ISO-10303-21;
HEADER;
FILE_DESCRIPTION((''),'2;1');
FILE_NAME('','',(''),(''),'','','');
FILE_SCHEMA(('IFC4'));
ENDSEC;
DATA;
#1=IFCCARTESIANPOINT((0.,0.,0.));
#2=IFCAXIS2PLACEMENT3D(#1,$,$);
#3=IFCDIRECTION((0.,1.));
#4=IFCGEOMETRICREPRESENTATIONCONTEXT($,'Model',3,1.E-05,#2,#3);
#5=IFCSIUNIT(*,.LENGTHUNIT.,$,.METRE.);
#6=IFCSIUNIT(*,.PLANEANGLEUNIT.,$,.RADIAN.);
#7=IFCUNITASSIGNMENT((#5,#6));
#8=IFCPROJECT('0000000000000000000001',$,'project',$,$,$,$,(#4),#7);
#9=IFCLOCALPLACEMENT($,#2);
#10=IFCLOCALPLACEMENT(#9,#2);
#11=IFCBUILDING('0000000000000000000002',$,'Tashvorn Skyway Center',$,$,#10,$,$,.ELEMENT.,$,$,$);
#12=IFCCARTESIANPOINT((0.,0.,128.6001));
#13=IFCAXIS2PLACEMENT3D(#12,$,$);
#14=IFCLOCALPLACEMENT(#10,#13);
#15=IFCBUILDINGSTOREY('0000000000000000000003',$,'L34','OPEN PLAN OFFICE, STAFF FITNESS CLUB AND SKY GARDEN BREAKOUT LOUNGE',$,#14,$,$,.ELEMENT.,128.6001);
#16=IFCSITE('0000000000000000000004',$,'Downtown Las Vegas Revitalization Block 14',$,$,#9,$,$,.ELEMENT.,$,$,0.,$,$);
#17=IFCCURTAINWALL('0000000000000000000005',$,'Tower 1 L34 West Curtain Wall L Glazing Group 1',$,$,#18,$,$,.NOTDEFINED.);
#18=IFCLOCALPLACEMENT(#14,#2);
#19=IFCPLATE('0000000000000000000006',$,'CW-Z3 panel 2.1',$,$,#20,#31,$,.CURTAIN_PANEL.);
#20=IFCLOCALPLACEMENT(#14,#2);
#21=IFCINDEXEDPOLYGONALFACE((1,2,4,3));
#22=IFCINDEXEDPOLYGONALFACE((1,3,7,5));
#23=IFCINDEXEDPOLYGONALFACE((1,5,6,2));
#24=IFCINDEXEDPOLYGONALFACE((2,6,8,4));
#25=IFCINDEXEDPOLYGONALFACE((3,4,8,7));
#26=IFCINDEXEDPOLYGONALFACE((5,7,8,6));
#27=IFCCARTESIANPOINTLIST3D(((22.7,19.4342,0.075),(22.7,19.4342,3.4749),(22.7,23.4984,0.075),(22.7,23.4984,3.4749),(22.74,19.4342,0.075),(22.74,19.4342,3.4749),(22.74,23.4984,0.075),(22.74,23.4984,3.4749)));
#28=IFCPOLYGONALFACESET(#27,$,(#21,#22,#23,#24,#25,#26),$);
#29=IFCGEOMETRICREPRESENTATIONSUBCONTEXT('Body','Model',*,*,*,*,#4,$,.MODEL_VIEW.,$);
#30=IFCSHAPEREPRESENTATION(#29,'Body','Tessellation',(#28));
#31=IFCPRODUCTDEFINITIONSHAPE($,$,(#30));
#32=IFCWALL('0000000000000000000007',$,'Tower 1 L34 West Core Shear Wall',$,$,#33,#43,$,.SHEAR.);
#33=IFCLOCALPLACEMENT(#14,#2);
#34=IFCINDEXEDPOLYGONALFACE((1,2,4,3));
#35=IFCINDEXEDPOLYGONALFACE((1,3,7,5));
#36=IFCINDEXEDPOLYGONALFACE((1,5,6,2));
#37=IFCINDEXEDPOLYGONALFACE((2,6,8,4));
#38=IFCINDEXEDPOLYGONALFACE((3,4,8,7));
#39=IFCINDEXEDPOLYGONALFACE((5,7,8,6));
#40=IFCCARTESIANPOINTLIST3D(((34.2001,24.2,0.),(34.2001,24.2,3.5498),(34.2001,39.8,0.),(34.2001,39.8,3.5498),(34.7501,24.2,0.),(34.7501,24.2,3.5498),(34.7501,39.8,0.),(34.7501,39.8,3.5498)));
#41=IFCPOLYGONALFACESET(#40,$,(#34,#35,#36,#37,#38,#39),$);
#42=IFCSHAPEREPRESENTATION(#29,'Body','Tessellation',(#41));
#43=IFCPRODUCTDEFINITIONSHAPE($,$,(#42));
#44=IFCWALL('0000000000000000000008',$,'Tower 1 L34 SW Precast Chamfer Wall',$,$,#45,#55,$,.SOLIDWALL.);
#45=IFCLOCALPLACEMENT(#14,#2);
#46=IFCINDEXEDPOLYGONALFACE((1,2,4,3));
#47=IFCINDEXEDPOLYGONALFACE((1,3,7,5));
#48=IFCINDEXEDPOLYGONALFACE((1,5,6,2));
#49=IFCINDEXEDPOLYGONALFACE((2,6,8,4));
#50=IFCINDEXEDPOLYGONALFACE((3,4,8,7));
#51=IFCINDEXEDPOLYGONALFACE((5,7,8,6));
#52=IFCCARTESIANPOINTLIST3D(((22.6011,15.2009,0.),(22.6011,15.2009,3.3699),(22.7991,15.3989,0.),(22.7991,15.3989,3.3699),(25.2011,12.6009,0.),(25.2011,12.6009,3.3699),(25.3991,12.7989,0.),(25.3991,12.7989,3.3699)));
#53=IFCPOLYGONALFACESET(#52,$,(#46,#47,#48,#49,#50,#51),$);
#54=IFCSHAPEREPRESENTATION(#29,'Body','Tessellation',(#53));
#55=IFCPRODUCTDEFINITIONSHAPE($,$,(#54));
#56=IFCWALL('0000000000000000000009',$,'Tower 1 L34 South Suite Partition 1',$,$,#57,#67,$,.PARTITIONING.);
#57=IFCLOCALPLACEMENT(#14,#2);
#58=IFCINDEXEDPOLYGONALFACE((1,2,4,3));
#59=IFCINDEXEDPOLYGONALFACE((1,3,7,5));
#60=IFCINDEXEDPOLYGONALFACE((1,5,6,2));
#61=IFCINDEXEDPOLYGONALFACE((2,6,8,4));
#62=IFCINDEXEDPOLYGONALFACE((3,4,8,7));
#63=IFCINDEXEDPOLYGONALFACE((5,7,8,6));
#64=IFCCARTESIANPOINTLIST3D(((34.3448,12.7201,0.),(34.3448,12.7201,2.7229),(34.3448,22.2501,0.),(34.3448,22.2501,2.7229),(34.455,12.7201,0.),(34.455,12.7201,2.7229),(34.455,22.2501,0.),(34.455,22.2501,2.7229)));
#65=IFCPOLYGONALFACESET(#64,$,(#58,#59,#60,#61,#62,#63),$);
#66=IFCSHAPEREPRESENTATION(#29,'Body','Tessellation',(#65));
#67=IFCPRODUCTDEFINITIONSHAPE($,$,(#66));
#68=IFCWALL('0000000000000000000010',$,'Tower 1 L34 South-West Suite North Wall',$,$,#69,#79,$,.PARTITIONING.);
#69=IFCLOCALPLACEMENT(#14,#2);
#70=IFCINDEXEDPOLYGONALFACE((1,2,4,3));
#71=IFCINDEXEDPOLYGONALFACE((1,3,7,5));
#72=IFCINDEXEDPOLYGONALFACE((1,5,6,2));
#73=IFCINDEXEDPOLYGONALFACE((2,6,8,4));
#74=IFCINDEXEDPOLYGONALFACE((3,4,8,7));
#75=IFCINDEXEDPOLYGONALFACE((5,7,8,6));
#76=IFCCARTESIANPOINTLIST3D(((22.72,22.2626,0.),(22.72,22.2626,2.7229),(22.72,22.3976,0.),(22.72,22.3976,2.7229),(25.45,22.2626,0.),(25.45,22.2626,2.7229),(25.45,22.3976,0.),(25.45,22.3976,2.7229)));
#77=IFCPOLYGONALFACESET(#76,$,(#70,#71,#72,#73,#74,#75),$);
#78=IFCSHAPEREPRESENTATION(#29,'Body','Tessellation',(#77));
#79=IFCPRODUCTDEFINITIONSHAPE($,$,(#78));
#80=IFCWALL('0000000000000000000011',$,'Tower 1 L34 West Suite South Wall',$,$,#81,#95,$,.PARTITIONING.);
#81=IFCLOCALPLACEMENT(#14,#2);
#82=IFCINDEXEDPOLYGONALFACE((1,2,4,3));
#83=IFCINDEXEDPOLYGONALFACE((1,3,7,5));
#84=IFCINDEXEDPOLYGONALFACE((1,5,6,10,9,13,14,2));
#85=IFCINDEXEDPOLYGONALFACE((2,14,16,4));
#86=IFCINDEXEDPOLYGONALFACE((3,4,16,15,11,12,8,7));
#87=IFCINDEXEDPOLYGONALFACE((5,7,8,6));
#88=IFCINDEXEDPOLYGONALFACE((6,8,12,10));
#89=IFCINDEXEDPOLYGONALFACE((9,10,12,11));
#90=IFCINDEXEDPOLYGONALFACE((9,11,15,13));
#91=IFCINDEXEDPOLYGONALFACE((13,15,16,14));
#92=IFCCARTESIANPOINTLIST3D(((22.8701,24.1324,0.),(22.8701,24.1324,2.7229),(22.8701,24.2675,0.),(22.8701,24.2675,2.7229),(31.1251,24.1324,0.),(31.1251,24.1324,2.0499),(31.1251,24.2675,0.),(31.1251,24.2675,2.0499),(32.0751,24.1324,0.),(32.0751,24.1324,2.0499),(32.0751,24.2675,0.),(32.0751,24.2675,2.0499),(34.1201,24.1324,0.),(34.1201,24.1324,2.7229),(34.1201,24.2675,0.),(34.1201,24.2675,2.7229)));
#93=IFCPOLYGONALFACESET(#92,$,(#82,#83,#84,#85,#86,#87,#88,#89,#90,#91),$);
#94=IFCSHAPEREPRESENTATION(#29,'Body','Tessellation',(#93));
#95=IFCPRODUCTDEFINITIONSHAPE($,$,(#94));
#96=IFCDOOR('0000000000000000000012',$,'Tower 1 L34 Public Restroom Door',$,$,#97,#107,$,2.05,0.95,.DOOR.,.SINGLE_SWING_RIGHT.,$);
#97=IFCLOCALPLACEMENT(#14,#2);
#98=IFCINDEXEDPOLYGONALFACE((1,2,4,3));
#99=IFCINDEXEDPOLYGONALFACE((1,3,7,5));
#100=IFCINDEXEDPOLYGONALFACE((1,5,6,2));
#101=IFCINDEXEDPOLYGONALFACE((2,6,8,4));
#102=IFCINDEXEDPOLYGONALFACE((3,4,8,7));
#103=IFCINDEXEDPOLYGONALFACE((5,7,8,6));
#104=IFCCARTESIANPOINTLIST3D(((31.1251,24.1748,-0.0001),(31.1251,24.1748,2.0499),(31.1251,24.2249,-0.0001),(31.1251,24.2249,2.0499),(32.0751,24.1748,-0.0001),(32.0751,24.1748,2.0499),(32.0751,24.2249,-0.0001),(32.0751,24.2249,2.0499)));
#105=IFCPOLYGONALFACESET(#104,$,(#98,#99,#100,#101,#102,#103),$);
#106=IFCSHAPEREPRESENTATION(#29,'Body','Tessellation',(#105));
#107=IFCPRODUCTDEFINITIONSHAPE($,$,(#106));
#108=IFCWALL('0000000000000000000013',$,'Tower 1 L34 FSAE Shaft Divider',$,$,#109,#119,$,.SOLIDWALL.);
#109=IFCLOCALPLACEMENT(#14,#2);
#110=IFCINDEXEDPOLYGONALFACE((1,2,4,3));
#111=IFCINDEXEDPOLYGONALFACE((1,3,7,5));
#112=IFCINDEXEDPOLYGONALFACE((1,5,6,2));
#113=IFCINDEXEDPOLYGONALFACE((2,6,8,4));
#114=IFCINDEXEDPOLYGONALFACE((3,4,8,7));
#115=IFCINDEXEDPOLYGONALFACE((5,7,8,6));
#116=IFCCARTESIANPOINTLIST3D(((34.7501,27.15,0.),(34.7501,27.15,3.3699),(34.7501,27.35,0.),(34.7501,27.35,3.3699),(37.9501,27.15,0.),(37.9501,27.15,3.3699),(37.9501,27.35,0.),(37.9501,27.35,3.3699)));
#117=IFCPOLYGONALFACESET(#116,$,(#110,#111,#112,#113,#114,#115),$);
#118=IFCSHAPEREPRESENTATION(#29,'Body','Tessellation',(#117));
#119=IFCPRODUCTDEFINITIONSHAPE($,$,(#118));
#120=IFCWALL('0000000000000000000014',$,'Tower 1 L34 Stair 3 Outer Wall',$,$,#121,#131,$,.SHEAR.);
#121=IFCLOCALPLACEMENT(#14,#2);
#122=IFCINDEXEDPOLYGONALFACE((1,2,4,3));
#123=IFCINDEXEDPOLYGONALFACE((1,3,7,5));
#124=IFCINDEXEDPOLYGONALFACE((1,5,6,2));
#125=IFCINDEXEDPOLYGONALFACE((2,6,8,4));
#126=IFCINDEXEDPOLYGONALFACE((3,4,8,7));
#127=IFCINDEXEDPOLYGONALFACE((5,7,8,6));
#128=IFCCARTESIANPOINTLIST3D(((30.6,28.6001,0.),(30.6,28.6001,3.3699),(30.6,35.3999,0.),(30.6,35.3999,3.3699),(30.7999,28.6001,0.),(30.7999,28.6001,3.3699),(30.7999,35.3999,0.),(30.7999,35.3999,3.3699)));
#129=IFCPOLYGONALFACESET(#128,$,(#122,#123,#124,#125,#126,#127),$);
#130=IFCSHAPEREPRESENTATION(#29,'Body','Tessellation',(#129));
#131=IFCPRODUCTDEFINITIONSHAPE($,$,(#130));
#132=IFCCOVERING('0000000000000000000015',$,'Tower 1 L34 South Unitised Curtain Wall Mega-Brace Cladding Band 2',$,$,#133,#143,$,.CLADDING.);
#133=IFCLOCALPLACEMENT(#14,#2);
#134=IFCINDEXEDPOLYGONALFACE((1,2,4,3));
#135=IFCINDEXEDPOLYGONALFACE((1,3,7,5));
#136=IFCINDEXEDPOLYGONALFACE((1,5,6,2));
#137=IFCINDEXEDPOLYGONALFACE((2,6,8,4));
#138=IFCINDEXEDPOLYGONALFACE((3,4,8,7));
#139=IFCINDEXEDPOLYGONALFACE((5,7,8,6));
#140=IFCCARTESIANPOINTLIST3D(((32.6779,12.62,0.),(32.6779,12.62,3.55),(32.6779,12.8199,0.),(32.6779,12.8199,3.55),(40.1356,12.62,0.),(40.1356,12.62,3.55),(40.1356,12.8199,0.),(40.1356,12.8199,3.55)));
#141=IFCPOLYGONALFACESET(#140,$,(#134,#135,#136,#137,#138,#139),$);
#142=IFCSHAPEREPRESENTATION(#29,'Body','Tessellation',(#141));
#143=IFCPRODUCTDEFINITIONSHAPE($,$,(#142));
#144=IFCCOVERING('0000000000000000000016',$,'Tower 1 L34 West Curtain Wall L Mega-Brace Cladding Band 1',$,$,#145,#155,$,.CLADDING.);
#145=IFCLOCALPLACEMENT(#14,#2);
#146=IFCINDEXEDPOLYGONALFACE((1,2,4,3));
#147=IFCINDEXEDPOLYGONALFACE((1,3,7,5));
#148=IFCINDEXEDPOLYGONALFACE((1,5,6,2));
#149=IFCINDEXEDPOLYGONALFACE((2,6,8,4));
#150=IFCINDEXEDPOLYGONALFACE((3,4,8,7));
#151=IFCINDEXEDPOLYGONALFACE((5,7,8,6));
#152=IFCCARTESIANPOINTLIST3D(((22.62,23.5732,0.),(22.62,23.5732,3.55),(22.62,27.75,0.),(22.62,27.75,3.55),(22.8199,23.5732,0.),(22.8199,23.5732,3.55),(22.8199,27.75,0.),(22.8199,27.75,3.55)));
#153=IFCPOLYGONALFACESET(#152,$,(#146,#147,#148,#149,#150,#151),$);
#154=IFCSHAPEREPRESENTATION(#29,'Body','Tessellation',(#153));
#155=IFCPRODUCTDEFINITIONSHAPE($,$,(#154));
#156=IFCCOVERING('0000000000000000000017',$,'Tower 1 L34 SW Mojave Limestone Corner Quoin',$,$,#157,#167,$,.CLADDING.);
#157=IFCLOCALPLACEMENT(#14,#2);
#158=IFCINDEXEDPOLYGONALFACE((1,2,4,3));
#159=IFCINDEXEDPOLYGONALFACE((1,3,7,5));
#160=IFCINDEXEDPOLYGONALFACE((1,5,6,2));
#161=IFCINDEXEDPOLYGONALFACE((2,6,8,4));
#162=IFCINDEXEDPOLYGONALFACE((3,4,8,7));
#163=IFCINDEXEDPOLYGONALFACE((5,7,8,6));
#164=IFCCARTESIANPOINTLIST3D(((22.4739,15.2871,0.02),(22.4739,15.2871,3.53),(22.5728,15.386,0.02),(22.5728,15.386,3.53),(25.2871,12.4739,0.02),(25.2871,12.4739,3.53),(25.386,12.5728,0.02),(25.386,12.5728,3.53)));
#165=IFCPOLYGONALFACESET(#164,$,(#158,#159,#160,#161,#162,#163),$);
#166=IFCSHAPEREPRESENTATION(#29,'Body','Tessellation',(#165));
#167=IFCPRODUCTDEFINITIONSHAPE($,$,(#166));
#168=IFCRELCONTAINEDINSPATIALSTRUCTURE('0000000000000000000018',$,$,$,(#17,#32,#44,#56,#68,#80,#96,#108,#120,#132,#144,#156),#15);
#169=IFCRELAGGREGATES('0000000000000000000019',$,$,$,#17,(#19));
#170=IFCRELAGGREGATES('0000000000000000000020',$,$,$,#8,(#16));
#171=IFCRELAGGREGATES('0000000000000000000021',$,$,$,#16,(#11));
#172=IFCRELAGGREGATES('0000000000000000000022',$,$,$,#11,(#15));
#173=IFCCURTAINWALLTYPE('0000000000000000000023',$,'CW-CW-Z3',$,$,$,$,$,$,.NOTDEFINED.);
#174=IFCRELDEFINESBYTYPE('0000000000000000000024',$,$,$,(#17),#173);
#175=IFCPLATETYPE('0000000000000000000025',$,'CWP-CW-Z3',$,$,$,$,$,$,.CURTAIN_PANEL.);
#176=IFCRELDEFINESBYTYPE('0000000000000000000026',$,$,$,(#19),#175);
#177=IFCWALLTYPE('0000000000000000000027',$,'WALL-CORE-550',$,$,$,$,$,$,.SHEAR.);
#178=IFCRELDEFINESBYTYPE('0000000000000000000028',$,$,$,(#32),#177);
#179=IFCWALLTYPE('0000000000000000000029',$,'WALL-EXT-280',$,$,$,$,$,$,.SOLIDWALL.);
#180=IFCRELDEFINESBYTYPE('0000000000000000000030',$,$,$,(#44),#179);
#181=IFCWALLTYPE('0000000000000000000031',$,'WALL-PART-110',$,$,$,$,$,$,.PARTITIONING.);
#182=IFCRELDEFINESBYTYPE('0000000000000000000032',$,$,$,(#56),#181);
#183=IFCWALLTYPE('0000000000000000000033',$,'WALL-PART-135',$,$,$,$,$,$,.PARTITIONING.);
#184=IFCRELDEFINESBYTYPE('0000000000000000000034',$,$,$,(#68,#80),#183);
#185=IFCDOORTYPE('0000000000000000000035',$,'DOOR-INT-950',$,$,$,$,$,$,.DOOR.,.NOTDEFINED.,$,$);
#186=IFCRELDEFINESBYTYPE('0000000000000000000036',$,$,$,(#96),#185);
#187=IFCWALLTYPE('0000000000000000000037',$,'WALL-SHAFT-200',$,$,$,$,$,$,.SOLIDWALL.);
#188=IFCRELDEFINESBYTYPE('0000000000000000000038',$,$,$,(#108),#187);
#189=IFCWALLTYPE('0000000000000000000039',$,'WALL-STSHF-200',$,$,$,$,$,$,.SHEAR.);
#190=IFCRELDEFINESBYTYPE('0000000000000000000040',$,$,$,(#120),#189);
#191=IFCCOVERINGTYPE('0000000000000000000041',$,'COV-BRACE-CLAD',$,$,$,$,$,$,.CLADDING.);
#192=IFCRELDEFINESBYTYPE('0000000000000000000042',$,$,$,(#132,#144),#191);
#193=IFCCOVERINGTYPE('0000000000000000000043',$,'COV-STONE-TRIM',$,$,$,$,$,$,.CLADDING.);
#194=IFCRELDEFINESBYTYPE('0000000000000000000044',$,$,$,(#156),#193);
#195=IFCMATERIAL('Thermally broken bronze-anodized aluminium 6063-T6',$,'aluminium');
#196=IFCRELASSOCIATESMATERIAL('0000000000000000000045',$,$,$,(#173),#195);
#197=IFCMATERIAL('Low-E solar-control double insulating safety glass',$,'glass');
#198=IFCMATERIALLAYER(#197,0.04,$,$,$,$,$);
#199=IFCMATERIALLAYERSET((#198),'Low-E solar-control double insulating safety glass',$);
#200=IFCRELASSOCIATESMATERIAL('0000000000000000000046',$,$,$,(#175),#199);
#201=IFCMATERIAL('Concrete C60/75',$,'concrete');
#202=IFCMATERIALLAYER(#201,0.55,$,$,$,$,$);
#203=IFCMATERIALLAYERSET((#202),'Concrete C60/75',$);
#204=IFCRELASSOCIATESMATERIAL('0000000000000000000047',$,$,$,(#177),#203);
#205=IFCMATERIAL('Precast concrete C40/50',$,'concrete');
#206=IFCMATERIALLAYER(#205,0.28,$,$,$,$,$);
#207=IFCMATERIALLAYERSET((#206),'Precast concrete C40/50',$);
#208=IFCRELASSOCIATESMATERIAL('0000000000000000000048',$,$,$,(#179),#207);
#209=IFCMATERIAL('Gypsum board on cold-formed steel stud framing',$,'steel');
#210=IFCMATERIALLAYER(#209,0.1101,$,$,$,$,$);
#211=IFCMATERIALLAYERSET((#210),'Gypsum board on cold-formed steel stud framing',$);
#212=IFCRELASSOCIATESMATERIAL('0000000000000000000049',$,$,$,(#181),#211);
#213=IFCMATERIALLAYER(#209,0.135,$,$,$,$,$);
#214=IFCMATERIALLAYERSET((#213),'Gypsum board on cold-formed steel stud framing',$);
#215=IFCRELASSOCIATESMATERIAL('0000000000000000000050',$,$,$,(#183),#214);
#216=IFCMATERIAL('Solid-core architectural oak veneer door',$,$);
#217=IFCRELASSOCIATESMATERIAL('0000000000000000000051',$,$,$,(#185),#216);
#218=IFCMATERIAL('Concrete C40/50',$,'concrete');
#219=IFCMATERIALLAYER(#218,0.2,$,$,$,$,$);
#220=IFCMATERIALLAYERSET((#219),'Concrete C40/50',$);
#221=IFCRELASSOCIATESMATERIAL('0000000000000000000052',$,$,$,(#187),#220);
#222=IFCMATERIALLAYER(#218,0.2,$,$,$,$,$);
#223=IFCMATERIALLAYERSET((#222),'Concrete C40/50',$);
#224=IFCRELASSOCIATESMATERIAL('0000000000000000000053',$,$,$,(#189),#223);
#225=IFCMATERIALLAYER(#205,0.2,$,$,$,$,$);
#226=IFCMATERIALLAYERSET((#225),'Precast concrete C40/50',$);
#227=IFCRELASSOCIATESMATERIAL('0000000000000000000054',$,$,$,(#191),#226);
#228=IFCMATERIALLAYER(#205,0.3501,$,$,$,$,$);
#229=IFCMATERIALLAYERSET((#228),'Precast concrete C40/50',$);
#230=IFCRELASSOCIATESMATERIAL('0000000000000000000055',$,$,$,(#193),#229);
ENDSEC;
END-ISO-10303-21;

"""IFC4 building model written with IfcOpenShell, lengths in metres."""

from ifc_helpers import new_model, si_unit, direction, frame, frame_2d, origin, origin_2d, place, context, subcontext, project, spatial, rectangle, extrude, material, layer, layer_set, type_object, element, fill, aggregate, save


model = new_model("IFC4")

# Units and contexts
model_context = context("Model", 3, precision=1e-05, world=origin(), true_north=direction((0.0, 1.0)))
body_context = subcontext(model_context, "Body", "Model", "MODEL_VIEW")
ifc_project = project(units=[si_unit("LENGTHUNIT", "METRE"), si_unit("PLANEANGLEUNIT", "RADIAN")], contexts=[model_context])

# Site, building, storey
site_placement = place(None, origin())
site = spatial("IfcSite", under=ifc_project, at=site_placement, Name="Downtown Las Vegas Revitalization Block 14", CompositionType="ELEMENT", RefElevation=0.0)
building_placement = place(site_placement, origin())
building = spatial("IfcBuilding", under=site, at=building_placement, Name="Tashvorn Skyway Center", CompositionType="ELEMENT")
storey_placement = place(building_placement, frame((0.0, 0.0, 128.6001)))
storey = spatial("IfcBuildingStorey", under=building, at=storey_placement, Name="L34", Description="OPEN PLAN OFFICE, STAFF FITNESS CLUB AND SKY GARDEN BREAKOUT LOUNGE", CompositionType="ELEMENT", Elevation=128.6001)

# Shared definitions
ifc_material_1 = material(Name="Thermally broken bronze-anodized aluminium 6063-T6", Category="aluminium")
curtain_wall_type = type_object("IfcCurtainWallType", Name="CW-CW-Z3", PredefinedType="NOTDEFINED", material=ifc_material_1)

# Curtain wall
curtain_wall_1_placement = place(storey_placement, origin())
curtain_wall_1 = element("IfcCurtainWall", 1, at=curtain_wall_1_placement, inside=storey, type_object=curtain_wall_type, Name="Tower 1 L34 West Curtain Wall L Glazing Group 1", PredefinedType="NOTDEFINED")

# Plate
ifc_material_2 = material(Name="Low-E solar-control double insulating safety glass", Category="glass")
ifc_layer_1 = layer(ifc_material_2, 0.04)
ifc_layer_set_1 = layer_set([ifc_layer_1], Name="Low-E solar-control double insulating safety glass")
plate_type = type_object("IfcPlateType", Name="CWP-CW-Z3", PredefinedType="CURTAIN_PANEL", material=ifc_layer_set_1)
plate_1_placement = place(storey_placement, frame((22.72, 21.4663, 0.075), z_axis=(0.0, 0.0, 1.0), x_axis=(0.0, 1.0, 0.0)))
plate_1 = element("IfcPlate", 2, at=plate_1_placement, type_object=plate_type, Name="CW-Z3 panel 2.1", PredefinedType="CURTAIN_PANEL", context=body_context, shape_type="SweptSolid", body=[
    extrude(rectangle(XDim=4.0642, YDim=0.04, at=origin_2d()), origin(), (0.0, 0.0, 1.0), 3.3999),
])
aggregate(curtain_wall_1, [plate_1])

# Wall
ifc_material_3 = material(Name="Concrete C60/75", Category="concrete")
ifc_layer_2 = layer(ifc_material_3, 0.55)
ifc_layer_set_2 = layer_set([ifc_layer_2], Name="Concrete C60/75")
wall_type_1 = type_object("IfcWallType", Name="WALL-CORE-550", PredefinedType="SHEAR", material=ifc_layer_set_2)
wall_1_placement = place(storey_placement, frame((34.4751, 24.2, 0.0), z_axis=(0.0, 0.0, 1.0), x_axis=(0.0, 1.0, 0.0)))
element("IfcWall", 3, at=wall_1_placement, inside=storey, type_object=wall_type_1, Name="Tower 1 L34 West Core Shear Wall", PredefinedType="SHEAR", context=body_context, shape_type="SweptSolid", body=[
    extrude(rectangle(XDim=15.6001, YDim=0.55, at=frame_2d((7.8, 0.0))), origin(), (0.0, 0.0, 1.0), 3.5498),
])

# Shared definitions
ifc_material_4 = material(Name="Precast concrete C40/50", Category="concrete")
ifc_layer_3 = layer(ifc_material_4, 0.28)
ifc_layer_set_3 = layer_set([ifc_layer_3], Name="Precast concrete C40/50")
wall_type_2 = type_object("IfcWallType", Name="WALL-EXT-280", PredefinedType="SOLIDWALL", material=ifc_layer_set_3)

# Walls
wall_2_placement = place(storey_placement, frame((25.3, 12.7, 0.0), z_axis=(0.0, 0.0, 1.0), x_axis=(-0.707107, 0.707107, 0.0)))
element("IfcWall", 4, at=wall_2_placement, inside=storey, type_object=wall_type_2, Name="Tower 1 L34 SW Precast Chamfer Wall", PredefinedType="SOLIDWALL", context=body_context, shape_type="SweptSolid", body=[
    extrude(rectangle(XDim=3.677, YDim=0.28, at=frame_2d((1.8384, 0.0))), origin(), (0.0, 0.0, 1.0), 3.3699),
])
ifc_material_5 = material(Name="Gypsum board on cold-formed steel stud framing", Category="steel")
ifc_layer_4 = layer(ifc_material_5, 0.1101)
ifc_layer_set_4 = layer_set([ifc_layer_4], Name="Gypsum board on cold-formed steel stud framing")
wall_type_3 = type_object("IfcWallType", Name="WALL-PART-110", PredefinedType="PARTITIONING", material=ifc_layer_set_4)
wall_3_placement = place(storey_placement, frame((34.3999, 12.72, 0.0), z_axis=(0.0, 0.0, 1.0), x_axis=(0.0, 1.0, 0.0)))
element("IfcWall", 5, at=wall_3_placement, inside=storey, type_object=wall_type_3, Name="Tower 1 L34 South Suite Partition 1", PredefinedType="PARTITIONING", context=body_context, shape_type="SweptSolid", body=[
    extrude(rectangle(XDim=9.53, YDim=0.1101, at=frame_2d((4.7651, 0.0))), origin(), (0.0, 0.0, 1.0), 2.7229),
])
ifc_layer_5 = layer(ifc_material_5, 0.135)
ifc_layer_set_5 = layer_set([ifc_layer_5], Name="Gypsum board on cold-formed steel stud framing")
wall_type_4 = type_object("IfcWallType", Name="WALL-PART-135", PredefinedType="PARTITIONING", material=ifc_layer_set_5)
wall_4_placement = place(storey_placement, frame((22.72, 22.3301, 0.0), z_axis=(0.0, 0.0, 1.0), x_axis=(1.0, 0.0, 0.0)))
element("IfcWall", 6, at=wall_4_placement, inside=storey, type_object=wall_type_4, Name="Tower 1 L34 South-West Suite North Wall", PredefinedType="PARTITIONING", context=body_context, shape_type="SweptSolid", body=[
    extrude(rectangle(XDim=2.73, YDim=0.135, at=frame_2d((1.365, 0.0))), origin(), (0.0, 0.0, 1.0), 2.7229),
])

# Wall, opening, door
wall_5_placement = place(storey_placement, frame((22.8701, 24.2, 0.0), z_axis=(0.0, 0.0, 1.0), x_axis=(1.0, 0.0, 0.0)))
wall_5 = element("IfcWall", 7, at=wall_5_placement, inside=storey, type_object=wall_type_4, Name="Tower 1 L34 West Suite South Wall", PredefinedType="PARTITIONING", context=body_context, shape_type="SweptSolid", body=[
    extrude(rectangle(XDim=11.25, YDim=0.135, at=frame_2d((5.625, 0.0))), origin(), (0.0, 0.0, 1.0), 2.7229),
])
opening_1_placement = place(wall_5_placement, frame((8.2549, 0.0, 0.0)))
opening_1 = element("IfcOpeningElement", 8, at=opening_1_placement, cuts=wall_5, PredefinedType="OPENING", context=body_context, shape_type="SweptSolid", body=[
    extrude(rectangle(XDim=0.95, YDim=2.05, at=frame_2d((0.4751, 1.0249))), frame((0.0, 0.0774, 0.0), z_axis=(0.0, -1.0, 0.0), x_axis=(1.0, 0.0, 0.0)), (0.0, 0.0, 1.0), 0.155),
])
ifc_material_6 = material(Name="Solid-core architectural oak veneer door")
door_type_1 = type_object("IfcDoorType", Name="DOOR-INT-950", OperationType="NOTDEFINED", PredefinedType="DOOR", material=ifc_material_6)
door_1_placement = place(opening_1_placement, origin())
door_1 = element("IfcDoor", 9, at=door_1_placement, inside=storey, type_object=door_type_1, Name="Tower 1 L34 Public Restroom Door", OperationType="SINGLE_SWING_RIGHT", OverallHeight=2.05, OverallWidth=0.95, PredefinedType="DOOR", context=body_context, shape_type="SweptSolid", body=[
    extrude(rectangle(XDim=0.95, YDim=2.05, at=frame_2d((0.4751, 1.0249))), frame((0.0, 0.0249, 0.0), z_axis=(0.0, -1.0, 0.0), x_axis=(1.0, 0.0, 0.0)), (0.0, 0.0, 1.0), 0.05),
])
fill(opening_1, door_1)

# Walls
ifc_material_7 = material(Name="Concrete C40/50", Category="concrete")
ifc_layer_6 = layer(ifc_material_7, 0.2)
ifc_layer_set_6 = layer_set([ifc_layer_6], Name="Concrete C40/50")
wall_type_5 = type_object("IfcWallType", Name="WALL-SHAFT-200", PredefinedType="SOLIDWALL", material=ifc_layer_set_6)
wall_6_placement = place(storey_placement, frame((34.75, 27.25, 0.0), z_axis=(0.0, 0.0, 1.0), x_axis=(1.0, 0.0, 0.0)))
element("IfcWall", 10, at=wall_6_placement, inside=storey, type_object=wall_type_5, Name="Tower 1 L34 FSAE Shaft Divider", PredefinedType="SOLIDWALL", context=body_context, shape_type="SweptSolid", body=[
    extrude(rectangle(XDim=3.2, YDim=0.2, at=frame_2d((1.6001, 0.0))), origin(), (0.0, 0.0, 1.0), 3.3699),
])
ifc_layer_7 = layer(ifc_material_7, 0.2)
ifc_layer_set_7 = layer_set([ifc_layer_7], Name="Concrete C40/50")
wall_type_6 = type_object("IfcWallType", Name="WALL-STSHF-200", PredefinedType="SHEAR", material=ifc_layer_set_7)
wall_7_placement = place(storey_placement, frame((30.7, 28.6001, 0.0), z_axis=(0.0, 0.0, 1.0), x_axis=(0.0, 1.0, 0.0)))
element("IfcWall", 11, at=wall_7_placement, inside=storey, type_object=wall_type_6, Name="Tower 1 L34 Stair 3 Outer Wall", PredefinedType="SHEAR", context=body_context, shape_type="SweptSolid", body=[
    extrude(rectangle(XDim=6.7998, YDim=0.2, at=frame_2d((3.3999, 0.0))), origin(), (0.0, 0.0, 1.0), 3.3699),
])

# Coverings
ifc_layer_8 = layer(ifc_material_4, 0.2)
ifc_layer_set_8 = layer_set([ifc_layer_8], Name="Precast concrete C40/50")
covering_type_1 = type_object("IfcCoveringType", Name="COV-BRACE-CLAD", PredefinedType="CLADDING", material=ifc_layer_set_8)
covering_1_placement = place(storey_placement, frame((36.4067, 12.72, 0.0), z_axis=(0.0, 0.0, 1.0), x_axis=(-1.0, 0.0, 0.0)))
element("IfcCovering", 12, at=covering_1_placement, inside=storey, type_object=covering_type_1, Name="Tower 1 L34 South Unitised Curtain Wall Mega-Brace Cladding Band 2", PredefinedType="CLADDING", context=body_context, shape_type="SweptSolid", body=[
    extrude(rectangle(XDim=7.4578, YDim=0.2, at=origin_2d()), origin(), (0.0, 0.0, 1.0), 3.55),
])
covering_2_placement = place(storey_placement, frame((22.72, 25.6616, 0.0), z_axis=(0.0, 0.0, 1.0), x_axis=(0.0, 1.0, 0.0)))
element("IfcCovering", 13, at=covering_2_placement, inside=storey, type_object=covering_type_1, Name="Tower 1 L34 West Curtain Wall L Mega-Brace Cladding Band 1", PredefinedType="CLADDING", context=body_context, shape_type="SweptSolid", body=[
    extrude(rectangle(XDim=4.1768, YDim=0.2, at=origin_2d()), origin(), (0.0, 0.0, 1.0), 3.55),
])
ifc_layer_9 = layer(ifc_material_4, 0.3501)
ifc_layer_set_9 = layer_set([ifc_layer_9], Name="Precast concrete C40/50")
covering_type_2 = type_object("IfcCoveringType", Name="COV-STONE-TRIM", PredefinedType="CLADDING", material=ifc_layer_set_9)
covering_3_placement = place(storey_placement, frame((23.9299, 13.9299, 0.02), z_axis=(0.0, 0.0, 1.0), x_axis=(-0.707107, 0.707107, 0.0)))
element("IfcCovering", 14, at=covering_3_placement, inside=storey, type_object=covering_type_2, Name="Tower 1 L34 SW Mojave Limestone Corner Quoin", PredefinedType="CLADDING", context=body_context, shape_type="SweptSolid", body=[
    extrude(rectangle(XDim=3.9785, YDim=0.1399, at=origin_2d()), origin(), (0.0, 0.0, 1.0), 3.51),
])

save(model, "model.ifc")
